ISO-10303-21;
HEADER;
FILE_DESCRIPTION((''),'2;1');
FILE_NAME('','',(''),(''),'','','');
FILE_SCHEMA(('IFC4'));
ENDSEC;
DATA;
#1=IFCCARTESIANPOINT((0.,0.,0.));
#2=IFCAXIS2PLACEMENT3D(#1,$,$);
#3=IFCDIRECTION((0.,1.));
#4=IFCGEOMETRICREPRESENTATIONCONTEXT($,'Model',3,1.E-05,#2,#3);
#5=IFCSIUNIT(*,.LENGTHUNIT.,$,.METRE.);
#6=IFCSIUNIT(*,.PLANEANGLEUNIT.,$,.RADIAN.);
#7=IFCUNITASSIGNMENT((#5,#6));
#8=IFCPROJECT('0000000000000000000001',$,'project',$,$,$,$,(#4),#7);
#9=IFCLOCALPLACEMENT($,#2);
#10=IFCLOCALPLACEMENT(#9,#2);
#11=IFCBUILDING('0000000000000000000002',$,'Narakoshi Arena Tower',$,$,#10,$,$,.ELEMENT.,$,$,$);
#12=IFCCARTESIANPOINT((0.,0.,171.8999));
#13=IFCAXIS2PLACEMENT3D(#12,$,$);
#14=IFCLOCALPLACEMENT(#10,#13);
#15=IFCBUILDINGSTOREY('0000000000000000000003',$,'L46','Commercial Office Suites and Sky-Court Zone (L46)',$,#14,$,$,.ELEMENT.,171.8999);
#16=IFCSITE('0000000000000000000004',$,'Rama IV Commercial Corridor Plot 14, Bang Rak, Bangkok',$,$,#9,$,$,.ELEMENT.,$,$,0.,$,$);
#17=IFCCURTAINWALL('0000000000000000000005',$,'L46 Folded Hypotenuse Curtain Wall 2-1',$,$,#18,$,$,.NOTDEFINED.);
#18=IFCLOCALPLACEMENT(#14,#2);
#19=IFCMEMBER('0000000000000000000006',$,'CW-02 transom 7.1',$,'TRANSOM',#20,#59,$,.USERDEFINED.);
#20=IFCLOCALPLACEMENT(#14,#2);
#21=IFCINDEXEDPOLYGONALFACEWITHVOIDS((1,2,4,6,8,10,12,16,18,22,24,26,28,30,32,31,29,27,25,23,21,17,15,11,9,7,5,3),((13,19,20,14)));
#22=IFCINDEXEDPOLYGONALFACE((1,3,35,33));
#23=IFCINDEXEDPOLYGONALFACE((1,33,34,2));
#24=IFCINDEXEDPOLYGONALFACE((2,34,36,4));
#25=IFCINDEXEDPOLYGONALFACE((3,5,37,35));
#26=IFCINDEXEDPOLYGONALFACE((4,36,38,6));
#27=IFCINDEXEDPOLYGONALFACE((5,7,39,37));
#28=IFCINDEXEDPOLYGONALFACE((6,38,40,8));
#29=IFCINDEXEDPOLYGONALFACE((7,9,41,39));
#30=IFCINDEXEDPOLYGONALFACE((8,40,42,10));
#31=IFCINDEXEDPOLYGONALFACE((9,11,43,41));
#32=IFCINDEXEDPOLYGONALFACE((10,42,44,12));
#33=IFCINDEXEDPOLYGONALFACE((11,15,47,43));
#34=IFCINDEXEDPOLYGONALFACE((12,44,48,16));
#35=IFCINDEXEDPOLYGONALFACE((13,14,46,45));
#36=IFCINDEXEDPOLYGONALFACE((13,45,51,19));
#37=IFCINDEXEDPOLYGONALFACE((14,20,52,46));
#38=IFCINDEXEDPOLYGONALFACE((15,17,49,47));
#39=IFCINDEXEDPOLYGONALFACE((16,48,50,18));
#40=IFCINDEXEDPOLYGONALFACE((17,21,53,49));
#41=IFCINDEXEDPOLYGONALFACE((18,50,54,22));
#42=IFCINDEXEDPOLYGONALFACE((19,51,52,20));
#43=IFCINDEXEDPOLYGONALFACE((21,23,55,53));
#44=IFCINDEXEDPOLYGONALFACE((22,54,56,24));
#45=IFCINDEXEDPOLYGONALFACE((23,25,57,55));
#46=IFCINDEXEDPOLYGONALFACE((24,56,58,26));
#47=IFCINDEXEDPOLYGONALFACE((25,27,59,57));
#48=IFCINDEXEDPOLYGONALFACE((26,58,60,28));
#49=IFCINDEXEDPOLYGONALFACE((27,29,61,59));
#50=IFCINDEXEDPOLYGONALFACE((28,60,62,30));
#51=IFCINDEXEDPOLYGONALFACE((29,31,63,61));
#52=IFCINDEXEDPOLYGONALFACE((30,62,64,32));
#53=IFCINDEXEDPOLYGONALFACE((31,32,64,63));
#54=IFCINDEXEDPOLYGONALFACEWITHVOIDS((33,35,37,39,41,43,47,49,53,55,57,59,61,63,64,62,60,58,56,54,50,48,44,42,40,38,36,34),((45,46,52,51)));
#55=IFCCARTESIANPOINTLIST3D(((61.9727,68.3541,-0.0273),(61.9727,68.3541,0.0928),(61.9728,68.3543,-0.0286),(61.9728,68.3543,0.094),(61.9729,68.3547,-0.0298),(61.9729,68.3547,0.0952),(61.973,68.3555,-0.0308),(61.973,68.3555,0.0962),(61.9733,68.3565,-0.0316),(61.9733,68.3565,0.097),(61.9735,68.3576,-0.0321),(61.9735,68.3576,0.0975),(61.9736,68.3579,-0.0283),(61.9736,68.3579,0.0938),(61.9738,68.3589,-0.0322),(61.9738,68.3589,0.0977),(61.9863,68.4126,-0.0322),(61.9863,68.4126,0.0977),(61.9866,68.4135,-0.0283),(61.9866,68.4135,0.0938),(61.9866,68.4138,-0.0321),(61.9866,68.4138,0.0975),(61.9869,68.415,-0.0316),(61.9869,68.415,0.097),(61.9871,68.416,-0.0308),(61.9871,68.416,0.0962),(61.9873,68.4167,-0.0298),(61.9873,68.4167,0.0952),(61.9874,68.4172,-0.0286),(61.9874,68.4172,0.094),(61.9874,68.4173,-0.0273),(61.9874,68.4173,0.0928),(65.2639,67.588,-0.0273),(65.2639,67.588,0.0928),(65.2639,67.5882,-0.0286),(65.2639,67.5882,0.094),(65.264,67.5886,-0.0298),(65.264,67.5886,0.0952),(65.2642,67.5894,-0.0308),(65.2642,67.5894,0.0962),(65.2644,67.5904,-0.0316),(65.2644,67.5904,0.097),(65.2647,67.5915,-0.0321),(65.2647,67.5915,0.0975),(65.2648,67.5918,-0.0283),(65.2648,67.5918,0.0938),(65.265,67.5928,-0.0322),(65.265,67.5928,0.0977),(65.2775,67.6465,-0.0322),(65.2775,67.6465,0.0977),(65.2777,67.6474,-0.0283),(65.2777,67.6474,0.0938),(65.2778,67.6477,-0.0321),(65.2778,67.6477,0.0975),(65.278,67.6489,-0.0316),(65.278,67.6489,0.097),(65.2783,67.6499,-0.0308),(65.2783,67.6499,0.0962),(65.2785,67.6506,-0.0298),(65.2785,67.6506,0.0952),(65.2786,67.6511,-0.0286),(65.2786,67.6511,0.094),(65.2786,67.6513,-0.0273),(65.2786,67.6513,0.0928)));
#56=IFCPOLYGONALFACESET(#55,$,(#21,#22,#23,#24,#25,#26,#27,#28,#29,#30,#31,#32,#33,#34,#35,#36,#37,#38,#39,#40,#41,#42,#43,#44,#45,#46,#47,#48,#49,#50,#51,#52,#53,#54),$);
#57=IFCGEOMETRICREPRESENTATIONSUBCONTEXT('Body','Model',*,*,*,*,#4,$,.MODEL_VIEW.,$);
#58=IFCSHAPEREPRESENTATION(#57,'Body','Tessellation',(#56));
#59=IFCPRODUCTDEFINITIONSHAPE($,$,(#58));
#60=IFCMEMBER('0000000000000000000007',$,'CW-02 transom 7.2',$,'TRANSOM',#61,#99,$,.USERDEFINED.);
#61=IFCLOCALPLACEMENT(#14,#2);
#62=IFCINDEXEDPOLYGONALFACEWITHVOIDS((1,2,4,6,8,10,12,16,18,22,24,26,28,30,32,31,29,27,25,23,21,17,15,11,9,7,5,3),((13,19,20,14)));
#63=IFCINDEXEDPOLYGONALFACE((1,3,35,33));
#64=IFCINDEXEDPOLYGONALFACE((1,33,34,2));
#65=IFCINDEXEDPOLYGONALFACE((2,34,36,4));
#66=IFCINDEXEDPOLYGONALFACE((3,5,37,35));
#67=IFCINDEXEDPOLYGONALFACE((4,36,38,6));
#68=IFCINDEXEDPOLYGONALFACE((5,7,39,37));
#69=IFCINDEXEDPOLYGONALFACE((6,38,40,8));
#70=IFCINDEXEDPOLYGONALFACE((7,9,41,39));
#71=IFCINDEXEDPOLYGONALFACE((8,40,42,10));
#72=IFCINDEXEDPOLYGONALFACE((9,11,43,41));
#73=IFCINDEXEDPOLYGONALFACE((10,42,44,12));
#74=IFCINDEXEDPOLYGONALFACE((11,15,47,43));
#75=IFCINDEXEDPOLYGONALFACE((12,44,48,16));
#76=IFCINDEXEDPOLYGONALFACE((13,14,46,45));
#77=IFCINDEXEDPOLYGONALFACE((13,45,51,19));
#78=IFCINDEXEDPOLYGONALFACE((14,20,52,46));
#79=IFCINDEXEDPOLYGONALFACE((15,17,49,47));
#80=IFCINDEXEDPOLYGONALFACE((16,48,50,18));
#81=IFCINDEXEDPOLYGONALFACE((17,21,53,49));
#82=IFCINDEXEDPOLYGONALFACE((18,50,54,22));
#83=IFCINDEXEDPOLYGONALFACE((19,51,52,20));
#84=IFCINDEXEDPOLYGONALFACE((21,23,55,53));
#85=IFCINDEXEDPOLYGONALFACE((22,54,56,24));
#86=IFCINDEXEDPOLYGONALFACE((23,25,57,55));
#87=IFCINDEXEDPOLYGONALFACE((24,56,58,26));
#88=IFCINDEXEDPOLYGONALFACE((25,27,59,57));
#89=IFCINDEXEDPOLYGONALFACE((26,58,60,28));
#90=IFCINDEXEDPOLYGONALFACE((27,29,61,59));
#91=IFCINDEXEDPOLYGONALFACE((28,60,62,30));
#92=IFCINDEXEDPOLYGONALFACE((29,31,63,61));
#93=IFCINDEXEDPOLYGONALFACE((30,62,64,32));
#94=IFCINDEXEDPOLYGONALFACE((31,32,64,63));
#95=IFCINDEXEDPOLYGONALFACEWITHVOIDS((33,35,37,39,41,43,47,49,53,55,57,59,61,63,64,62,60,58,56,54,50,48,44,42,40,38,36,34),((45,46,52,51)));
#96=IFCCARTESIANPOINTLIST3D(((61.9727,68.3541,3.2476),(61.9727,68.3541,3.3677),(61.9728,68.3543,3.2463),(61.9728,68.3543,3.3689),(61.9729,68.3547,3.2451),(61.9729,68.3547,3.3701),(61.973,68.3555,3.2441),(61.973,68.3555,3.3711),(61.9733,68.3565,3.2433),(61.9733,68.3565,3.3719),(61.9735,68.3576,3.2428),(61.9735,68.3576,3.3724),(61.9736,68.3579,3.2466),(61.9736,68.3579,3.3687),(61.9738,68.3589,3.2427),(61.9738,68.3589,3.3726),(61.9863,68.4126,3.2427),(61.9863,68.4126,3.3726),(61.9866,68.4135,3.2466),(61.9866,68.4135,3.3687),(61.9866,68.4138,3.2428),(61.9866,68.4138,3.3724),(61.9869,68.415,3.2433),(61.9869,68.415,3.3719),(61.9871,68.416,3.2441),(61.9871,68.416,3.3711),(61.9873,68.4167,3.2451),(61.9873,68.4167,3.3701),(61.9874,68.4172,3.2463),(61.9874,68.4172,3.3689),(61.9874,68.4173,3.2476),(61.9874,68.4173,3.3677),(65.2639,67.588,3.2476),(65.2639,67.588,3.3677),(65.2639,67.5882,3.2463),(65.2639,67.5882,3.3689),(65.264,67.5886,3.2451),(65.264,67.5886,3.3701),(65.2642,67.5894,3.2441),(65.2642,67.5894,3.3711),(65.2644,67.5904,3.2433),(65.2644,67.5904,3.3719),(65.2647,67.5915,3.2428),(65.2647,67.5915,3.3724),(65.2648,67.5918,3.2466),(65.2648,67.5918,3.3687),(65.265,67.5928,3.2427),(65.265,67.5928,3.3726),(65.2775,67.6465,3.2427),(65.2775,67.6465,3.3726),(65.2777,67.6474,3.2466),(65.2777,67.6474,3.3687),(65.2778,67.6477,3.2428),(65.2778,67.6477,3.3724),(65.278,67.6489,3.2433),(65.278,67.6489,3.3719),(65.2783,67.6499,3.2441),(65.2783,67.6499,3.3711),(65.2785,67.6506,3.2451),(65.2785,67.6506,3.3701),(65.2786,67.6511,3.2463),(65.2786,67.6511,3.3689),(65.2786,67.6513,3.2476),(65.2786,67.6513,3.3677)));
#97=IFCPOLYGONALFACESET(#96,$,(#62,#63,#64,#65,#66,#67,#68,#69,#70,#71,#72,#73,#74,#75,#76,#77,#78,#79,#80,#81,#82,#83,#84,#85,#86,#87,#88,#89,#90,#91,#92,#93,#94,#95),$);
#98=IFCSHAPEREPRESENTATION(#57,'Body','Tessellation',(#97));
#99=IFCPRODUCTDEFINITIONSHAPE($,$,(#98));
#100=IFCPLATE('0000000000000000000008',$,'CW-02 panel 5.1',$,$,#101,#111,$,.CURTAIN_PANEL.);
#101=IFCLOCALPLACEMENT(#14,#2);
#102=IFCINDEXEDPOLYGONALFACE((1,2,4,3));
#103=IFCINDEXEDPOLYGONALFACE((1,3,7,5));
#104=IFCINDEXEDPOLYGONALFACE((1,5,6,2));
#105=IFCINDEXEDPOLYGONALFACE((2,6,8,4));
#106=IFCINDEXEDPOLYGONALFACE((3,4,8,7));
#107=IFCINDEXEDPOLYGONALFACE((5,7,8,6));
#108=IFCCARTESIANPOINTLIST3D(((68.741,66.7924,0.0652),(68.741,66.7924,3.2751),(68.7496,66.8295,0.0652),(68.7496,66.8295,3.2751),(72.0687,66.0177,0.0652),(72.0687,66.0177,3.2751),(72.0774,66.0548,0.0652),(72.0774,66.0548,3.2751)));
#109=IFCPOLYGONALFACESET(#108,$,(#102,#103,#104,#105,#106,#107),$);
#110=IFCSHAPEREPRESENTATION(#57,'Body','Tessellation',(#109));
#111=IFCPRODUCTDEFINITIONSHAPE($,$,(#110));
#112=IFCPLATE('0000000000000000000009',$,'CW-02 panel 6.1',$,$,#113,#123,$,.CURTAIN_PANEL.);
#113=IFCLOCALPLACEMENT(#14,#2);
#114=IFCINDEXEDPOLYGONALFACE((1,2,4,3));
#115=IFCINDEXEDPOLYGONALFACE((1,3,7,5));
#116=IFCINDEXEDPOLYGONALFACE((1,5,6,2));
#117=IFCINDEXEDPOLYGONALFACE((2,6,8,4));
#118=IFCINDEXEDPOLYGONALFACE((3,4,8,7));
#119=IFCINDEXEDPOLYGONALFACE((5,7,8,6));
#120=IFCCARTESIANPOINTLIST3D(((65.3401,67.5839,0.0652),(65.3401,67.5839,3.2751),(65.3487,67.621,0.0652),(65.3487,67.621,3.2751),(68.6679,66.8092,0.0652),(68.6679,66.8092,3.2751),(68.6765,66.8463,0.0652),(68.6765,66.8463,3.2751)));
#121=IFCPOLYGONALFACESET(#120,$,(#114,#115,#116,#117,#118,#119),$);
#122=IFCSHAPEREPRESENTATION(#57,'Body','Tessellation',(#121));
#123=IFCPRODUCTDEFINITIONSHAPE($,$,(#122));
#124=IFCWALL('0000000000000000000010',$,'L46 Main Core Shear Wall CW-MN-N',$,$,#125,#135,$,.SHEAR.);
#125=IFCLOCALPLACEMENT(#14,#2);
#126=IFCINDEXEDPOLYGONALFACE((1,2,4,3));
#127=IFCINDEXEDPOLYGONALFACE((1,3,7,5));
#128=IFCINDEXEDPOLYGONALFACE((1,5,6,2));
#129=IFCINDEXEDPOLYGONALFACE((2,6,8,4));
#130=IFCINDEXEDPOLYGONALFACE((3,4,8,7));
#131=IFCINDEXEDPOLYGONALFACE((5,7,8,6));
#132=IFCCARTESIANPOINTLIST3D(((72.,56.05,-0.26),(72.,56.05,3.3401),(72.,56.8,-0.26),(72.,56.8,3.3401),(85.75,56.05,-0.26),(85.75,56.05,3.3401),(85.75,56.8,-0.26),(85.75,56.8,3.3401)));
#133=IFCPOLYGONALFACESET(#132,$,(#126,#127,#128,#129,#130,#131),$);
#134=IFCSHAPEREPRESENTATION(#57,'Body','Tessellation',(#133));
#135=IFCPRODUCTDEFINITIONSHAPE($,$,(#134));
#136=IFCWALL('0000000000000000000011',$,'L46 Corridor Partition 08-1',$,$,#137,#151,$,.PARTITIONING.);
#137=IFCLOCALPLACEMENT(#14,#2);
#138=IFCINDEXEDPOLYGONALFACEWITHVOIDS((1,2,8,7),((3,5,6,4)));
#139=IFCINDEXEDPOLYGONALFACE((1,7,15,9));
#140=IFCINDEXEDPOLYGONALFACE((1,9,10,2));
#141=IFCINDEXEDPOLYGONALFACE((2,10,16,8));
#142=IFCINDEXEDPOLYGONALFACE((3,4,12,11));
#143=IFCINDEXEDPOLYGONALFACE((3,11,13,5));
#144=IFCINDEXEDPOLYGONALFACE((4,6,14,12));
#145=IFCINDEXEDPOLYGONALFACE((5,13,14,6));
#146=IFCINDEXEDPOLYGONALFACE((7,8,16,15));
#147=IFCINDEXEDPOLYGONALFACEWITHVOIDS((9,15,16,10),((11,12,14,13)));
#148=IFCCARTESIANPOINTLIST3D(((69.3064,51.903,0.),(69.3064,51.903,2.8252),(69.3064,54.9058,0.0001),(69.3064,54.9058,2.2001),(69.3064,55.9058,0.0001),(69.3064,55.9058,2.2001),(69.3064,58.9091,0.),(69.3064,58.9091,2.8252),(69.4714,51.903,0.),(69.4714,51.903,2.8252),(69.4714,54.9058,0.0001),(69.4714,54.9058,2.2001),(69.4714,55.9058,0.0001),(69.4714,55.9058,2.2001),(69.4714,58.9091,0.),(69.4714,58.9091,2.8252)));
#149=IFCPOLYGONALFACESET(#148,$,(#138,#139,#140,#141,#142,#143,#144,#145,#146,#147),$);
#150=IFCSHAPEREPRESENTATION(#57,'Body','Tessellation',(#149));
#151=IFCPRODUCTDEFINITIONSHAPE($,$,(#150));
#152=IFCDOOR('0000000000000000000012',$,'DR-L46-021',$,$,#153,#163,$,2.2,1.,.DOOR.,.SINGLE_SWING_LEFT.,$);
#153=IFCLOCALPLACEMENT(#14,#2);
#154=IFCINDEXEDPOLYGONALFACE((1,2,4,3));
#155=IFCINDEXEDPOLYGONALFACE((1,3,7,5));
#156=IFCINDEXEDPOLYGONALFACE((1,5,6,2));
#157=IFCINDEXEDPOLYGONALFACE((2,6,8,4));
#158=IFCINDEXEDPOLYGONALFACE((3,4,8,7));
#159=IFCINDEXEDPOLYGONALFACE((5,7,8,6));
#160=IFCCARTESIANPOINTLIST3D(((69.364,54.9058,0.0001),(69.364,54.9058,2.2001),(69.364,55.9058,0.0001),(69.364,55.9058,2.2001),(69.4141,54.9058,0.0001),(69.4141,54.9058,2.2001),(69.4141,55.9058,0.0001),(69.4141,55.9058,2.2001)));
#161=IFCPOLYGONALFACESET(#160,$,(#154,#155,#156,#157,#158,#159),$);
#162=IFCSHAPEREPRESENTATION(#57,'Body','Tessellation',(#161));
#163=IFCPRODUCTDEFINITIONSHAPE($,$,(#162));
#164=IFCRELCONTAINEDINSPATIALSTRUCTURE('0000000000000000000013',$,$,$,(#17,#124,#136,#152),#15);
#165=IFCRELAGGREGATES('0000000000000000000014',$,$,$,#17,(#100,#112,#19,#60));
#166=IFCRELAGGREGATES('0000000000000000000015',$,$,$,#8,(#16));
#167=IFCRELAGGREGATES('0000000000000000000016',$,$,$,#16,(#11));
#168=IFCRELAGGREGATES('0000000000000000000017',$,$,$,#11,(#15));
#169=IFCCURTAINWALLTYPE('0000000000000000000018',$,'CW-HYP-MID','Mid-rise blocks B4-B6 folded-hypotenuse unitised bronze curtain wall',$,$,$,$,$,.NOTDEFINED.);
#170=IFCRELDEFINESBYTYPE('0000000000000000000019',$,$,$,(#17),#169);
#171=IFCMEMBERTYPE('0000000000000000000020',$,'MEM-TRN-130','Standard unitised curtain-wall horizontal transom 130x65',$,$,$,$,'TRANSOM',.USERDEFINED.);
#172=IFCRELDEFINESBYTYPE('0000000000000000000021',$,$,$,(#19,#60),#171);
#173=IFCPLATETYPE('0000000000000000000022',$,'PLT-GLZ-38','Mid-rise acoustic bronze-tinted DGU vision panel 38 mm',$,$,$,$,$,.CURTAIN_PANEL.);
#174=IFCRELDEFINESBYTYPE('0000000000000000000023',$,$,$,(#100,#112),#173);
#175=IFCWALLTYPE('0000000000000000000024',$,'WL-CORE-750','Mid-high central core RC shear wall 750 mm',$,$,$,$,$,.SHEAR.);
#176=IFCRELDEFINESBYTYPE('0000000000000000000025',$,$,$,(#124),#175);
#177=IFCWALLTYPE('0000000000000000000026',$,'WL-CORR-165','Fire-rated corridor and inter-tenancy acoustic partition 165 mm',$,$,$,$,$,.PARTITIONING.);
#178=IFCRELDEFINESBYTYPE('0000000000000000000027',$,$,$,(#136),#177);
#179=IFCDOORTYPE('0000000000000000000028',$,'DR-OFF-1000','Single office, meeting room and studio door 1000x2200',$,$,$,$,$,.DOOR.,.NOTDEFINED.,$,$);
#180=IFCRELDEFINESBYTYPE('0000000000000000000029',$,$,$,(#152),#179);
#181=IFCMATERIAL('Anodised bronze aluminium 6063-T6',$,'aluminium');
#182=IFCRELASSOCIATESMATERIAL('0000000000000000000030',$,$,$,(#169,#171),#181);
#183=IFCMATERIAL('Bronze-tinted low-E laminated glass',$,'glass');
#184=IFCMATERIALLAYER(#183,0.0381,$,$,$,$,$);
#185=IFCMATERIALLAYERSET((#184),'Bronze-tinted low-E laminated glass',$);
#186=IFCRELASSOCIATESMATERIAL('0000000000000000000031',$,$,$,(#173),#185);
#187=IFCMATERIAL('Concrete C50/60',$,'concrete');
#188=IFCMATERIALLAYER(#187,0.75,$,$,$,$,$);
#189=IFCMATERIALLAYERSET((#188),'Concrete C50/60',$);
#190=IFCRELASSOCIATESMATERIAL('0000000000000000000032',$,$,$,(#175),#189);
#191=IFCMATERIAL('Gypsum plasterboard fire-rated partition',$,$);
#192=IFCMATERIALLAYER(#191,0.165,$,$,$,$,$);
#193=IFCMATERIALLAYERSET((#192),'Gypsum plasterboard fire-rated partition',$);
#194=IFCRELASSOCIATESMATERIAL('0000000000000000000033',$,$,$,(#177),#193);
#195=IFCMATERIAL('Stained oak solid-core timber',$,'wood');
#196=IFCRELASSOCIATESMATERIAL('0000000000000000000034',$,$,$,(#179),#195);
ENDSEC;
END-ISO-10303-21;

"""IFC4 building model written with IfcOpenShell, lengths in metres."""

from ifc_helpers import new_model, si_unit, direction, frame, frame_2d, origin, origin_2d, place, context, subcontext, project, spatial, rectangle, hollow_rectangle, extrude, material, layer, layer_set, material_profile, profile_set, type_object, element, fill, aggregate, save


model = new_model("IFC4")

# Units and contexts
model_context = context("Model", 3, precision=1e-05, world=origin(), true_north=direction((0.0, 1.0)))
body_context = subcontext(model_context, "Body", "Model", "MODEL_VIEW")
ifc_project = project(units=[si_unit("LENGTHUNIT", "METRE"), si_unit("PLANEANGLEUNIT", "RADIAN")], contexts=[model_context])

# Site, building, storey
site_placement = place(None, origin())
site = spatial("IfcSite", under=ifc_project, at=site_placement, Name="Rama IV Commercial Corridor Plot 14, Bang Rak, Bangkok", CompositionType="ELEMENT", RefElevation=0.0)
building_placement = place(site_placement, origin())
building = spatial("IfcBuilding", under=site, at=building_placement, Name="Narakoshi Arena Tower", CompositionType="ELEMENT")
storey_placement = place(building_placement, frame((0.0, 0.0, 171.8999)))
storey = spatial("IfcBuildingStorey", under=building, at=storey_placement, Name="L46", Description="Commercial Office Suites and Sky-Court Zone (L46)", CompositionType="ELEMENT", Elevation=171.8999)

# Shared definitions
ifc_material_1 = material(Name="Concrete C50/60", Category="concrete")

# Curtain wall, members, plates
ifc_material_2 = material(Name="Anodised bronze aluminium 6063-T6", Category="aluminium")
curtain_wall_type = type_object("IfcCurtainWallType", Name="CW-HYP-MID", Description="Mid-rise blocks B4-B6 folded-hypotenuse unitised bronze curtain wall", PredefinedType="NOTDEFINED", material=ifc_material_2)
curtain_wall_placement = place(storey_placement, origin())
curtain_wall = element("IfcCurtainWall", 1, at=curtain_wall_placement, inside=storey, type_object=curtain_wall_type, Name="L46 Folded Hypotenuse Curtain Wall 2-1", PredefinedType="NOTDEFINED")
ifc_material_profile_1 = material_profile(ifc_material_2, hollow_rectangle(XDim=0.0649, YDim=0.1299, WallThickness=0.0039, OuterFilletRadius=0.0049, at=origin_2d()), Name="TRN130x65x4")
ifc_profile_set_1 = profile_set([ifc_material_profile_1], Name="Anodised bronze aluminium 6063-T6")
member_type_1 = type_object("IfcMemberType", Name="MEM-TRN-130", Description="Standard unitised curtain-wall horizontal transom 130x65", ElementType="TRANSOM", PredefinedType="USERDEFINED", material=ifc_profile_set_1)
member_1_placement = place(storey_placement, frame((65.2712, 67.6196, 0.0327), z_axis=(-0.973962, 0.226711, 0.0), x_axis=(-0.226711, -0.973962, 0.0)))
member_1 = element("IfcMember", 2, at=member_1_placement, type_object=member_type_1, Name="CW-02 transom 7.1", ObjectType="TRANSOM", PredefinedType="USERDEFINED", context=body_context, shape_type="SweptSolid", body=[
    extrude(hollow_rectangle(XDim=0.0649, YDim=0.1299, WallThickness=0.0039, OuterFilletRadius=0.0049, at=origin_2d()), origin(), (0.0, 0.0, 1.0), 3.3792),
])
member_2_placement = place(storey_placement, frame((65.2712, 67.6196, 3.3076), z_axis=(-0.973962, 0.226711, 0.0), x_axis=(-0.226711, -0.973962, 0.0)))
member_2 = element("IfcMember", 3, at=member_2_placement, type_object=member_type_1, Name="CW-02 transom 7.2", ObjectType="TRANSOM", PredefinedType="USERDEFINED", context=body_context, shape_type="SweptSolid", body=[
    extrude(hollow_rectangle(XDim=0.0649, YDim=0.1299, WallThickness=0.0039, OuterFilletRadius=0.0049, at=origin_2d()), origin(), (0.0, 0.0, 1.0), 3.3792),
])
ifc_material_3 = material(Name="Bronze-tinted low-E laminated glass", Category="glass")
ifc_layer_1 = layer(ifc_material_3, 0.0381)
ifc_layer_set_1 = layer_set([ifc_layer_1], Name="Bronze-tinted low-E laminated glass")
plate_type = type_object("IfcPlateType", Name="PLT-GLZ-38", Description="Mid-rise acoustic bronze-tinted DGU vision panel 38 mm", PredefinedType="CURTAIN_PANEL", material=ifc_layer_set_1)
plate_1_placement = place(storey_placement, frame((70.4092, 66.4236, 0.0652), z_axis=(0.0, 0.0, 1.0), x_axis=(-0.97396, 0.226721, 0.0)))
plate_1 = element("IfcPlate", 4, at=plate_1_placement, type_object=plate_type, Name="CW-02 panel 5.1", PredefinedType="CURTAIN_PANEL", context=body_context, shape_type="SweptSolid", body=[
    extrude(rectangle(XDim=3.4167, YDim=0.0381, at=origin_2d()), origin(), (0.0, 0.0, 1.0), 3.21),
])
plate_2_placement = place(storey_placement, frame((67.0083, 67.2151, 0.0652), z_axis=(0.0, 0.0, 1.0), x_axis=(-0.97396, 0.226721, 0.0)))
plate_2 = element("IfcPlate", 5, at=plate_2_placement, type_object=plate_type, Name="CW-02 panel 6.1", PredefinedType="CURTAIN_PANEL", context=body_context, shape_type="SweptSolid", body=[
    extrude(rectangle(XDim=3.4167, YDim=0.0381, at=origin_2d()), origin(), (0.0, 0.0, 1.0), 3.21),
])
aggregate(curtain_wall, [plate_1, plate_2, member_1, member_2])

# Wall
ifc_layer_2 = layer(ifc_material_1, 0.75)
ifc_layer_set_2 = layer_set([ifc_layer_2], Name="Concrete C50/60")
wall_type_1 = type_object("IfcWallType", Name="WL-CORE-750", Description="Mid-high central core RC shear wall 750 mm", PredefinedType="SHEAR", material=ifc_layer_set_2)
wall_1_placement = place(storey_placement, frame((72.0, 56.425, -0.26), z_axis=(0.0, 0.0, 1.0), x_axis=(1.0, 0.0, 0.0)))
element("IfcWall", 6, at=wall_1_placement, inside=storey, type_object=wall_type_1, Name="L46 Main Core Shear Wall CW-MN-N", PredefinedType="SHEAR", context=body_context, shape_type="SweptSolid", body=[
    extrude(rectangle(XDim=13.75, YDim=0.75, at=frame_2d((6.875, 0.0))), origin(), (0.0, 0.0, 1.0), 3.6001),
])

# Wall, opening, door
ifc_material_4 = material(Name="Gypsum plasterboard fire-rated partition")
ifc_layer_3 = layer(ifc_material_4, 0.165)
ifc_layer_set_3 = layer_set([ifc_layer_3], Name="Gypsum plasterboard fire-rated partition")
wall_type_2 = type_object("IfcWallType", Name="WL-CORR-165", Description="Fire-rated corridor and inter-tenancy acoustic partition 165 mm", PredefinedType="PARTITIONING", material=ifc_layer_set_3)
wall_2_placement = place(storey_placement, frame((69.3889, 58.9089, 0.0), z_axis=(0.0, 0.0, 1.0), x_axis=(0.0, -1.0, 0.0)))
wall_2 = element("IfcWall", 7, at=wall_2_placement, inside=storey, type_object=wall_type_2, Name="L46 Corridor Partition 08-1", PredefinedType="PARTITIONING", context=body_context, shape_type="SweptSolid", body=[
    extrude(rectangle(XDim=7.0061, YDim=0.165, at=frame_2d((3.5029, 0.0))), origin(), (0.0, 0.0, 1.0), 2.8252),
])
opening_1_placement = place(wall_2_placement, frame((3.0032, 0.0, 0.0)))
opening_1 = element("IfcOpeningElement", 8, at=opening_1_placement, cuts=wall_2, PredefinedType="OPENING", context=body_context, shape_type="SweptSolid", body=[
    extrude(rectangle(XDim=1.0, YDim=2.2, at=frame_2d((0.5, 1.1001))), frame((0.0, 0.0925, 0.0), z_axis=(0.0, -1.0, 0.0), x_axis=(1.0, 0.0, 0.0)), (0.0, 0.0, 1.0), 0.1851),
])
ifc_material_5 = material(Name="Stained oak solid-core timber", Category="wood")
door_type_1 = type_object("IfcDoorType", Name="DR-OFF-1000", Description="Single office, meeting room and studio door 1000x2200", OperationType="NOTDEFINED", PredefinedType="DOOR", material=ifc_material_5)
door_1_placement = place(opening_1_placement, frame((1.0, 0.0, 0.0), z_axis=(0.0, 0.0, 1.0), x_axis=(-1.0, 0.0, 0.0)))
door_1 = element("IfcDoor", 9, at=door_1_placement, inside=storey, type_object=door_type_1, Name="DR-L46-021", OperationType="SINGLE_SWING_LEFT", OverallHeight=2.2, OverallWidth=1.0, PredefinedType="DOOR", context=body_context, shape_type="SweptSolid", body=[
    extrude(rectangle(XDim=1.0, YDim=2.2, at=frame_2d((0.5, 1.1001))), frame((0.0, 0.0249, 0.0), z_axis=(0.0, -1.0, 0.0), x_axis=(1.0, 0.0, 0.0)), (0.0, 0.0, 1.0), 0.05),
])
fill(opening_1, door_1)

save(model, "model.ifc")
